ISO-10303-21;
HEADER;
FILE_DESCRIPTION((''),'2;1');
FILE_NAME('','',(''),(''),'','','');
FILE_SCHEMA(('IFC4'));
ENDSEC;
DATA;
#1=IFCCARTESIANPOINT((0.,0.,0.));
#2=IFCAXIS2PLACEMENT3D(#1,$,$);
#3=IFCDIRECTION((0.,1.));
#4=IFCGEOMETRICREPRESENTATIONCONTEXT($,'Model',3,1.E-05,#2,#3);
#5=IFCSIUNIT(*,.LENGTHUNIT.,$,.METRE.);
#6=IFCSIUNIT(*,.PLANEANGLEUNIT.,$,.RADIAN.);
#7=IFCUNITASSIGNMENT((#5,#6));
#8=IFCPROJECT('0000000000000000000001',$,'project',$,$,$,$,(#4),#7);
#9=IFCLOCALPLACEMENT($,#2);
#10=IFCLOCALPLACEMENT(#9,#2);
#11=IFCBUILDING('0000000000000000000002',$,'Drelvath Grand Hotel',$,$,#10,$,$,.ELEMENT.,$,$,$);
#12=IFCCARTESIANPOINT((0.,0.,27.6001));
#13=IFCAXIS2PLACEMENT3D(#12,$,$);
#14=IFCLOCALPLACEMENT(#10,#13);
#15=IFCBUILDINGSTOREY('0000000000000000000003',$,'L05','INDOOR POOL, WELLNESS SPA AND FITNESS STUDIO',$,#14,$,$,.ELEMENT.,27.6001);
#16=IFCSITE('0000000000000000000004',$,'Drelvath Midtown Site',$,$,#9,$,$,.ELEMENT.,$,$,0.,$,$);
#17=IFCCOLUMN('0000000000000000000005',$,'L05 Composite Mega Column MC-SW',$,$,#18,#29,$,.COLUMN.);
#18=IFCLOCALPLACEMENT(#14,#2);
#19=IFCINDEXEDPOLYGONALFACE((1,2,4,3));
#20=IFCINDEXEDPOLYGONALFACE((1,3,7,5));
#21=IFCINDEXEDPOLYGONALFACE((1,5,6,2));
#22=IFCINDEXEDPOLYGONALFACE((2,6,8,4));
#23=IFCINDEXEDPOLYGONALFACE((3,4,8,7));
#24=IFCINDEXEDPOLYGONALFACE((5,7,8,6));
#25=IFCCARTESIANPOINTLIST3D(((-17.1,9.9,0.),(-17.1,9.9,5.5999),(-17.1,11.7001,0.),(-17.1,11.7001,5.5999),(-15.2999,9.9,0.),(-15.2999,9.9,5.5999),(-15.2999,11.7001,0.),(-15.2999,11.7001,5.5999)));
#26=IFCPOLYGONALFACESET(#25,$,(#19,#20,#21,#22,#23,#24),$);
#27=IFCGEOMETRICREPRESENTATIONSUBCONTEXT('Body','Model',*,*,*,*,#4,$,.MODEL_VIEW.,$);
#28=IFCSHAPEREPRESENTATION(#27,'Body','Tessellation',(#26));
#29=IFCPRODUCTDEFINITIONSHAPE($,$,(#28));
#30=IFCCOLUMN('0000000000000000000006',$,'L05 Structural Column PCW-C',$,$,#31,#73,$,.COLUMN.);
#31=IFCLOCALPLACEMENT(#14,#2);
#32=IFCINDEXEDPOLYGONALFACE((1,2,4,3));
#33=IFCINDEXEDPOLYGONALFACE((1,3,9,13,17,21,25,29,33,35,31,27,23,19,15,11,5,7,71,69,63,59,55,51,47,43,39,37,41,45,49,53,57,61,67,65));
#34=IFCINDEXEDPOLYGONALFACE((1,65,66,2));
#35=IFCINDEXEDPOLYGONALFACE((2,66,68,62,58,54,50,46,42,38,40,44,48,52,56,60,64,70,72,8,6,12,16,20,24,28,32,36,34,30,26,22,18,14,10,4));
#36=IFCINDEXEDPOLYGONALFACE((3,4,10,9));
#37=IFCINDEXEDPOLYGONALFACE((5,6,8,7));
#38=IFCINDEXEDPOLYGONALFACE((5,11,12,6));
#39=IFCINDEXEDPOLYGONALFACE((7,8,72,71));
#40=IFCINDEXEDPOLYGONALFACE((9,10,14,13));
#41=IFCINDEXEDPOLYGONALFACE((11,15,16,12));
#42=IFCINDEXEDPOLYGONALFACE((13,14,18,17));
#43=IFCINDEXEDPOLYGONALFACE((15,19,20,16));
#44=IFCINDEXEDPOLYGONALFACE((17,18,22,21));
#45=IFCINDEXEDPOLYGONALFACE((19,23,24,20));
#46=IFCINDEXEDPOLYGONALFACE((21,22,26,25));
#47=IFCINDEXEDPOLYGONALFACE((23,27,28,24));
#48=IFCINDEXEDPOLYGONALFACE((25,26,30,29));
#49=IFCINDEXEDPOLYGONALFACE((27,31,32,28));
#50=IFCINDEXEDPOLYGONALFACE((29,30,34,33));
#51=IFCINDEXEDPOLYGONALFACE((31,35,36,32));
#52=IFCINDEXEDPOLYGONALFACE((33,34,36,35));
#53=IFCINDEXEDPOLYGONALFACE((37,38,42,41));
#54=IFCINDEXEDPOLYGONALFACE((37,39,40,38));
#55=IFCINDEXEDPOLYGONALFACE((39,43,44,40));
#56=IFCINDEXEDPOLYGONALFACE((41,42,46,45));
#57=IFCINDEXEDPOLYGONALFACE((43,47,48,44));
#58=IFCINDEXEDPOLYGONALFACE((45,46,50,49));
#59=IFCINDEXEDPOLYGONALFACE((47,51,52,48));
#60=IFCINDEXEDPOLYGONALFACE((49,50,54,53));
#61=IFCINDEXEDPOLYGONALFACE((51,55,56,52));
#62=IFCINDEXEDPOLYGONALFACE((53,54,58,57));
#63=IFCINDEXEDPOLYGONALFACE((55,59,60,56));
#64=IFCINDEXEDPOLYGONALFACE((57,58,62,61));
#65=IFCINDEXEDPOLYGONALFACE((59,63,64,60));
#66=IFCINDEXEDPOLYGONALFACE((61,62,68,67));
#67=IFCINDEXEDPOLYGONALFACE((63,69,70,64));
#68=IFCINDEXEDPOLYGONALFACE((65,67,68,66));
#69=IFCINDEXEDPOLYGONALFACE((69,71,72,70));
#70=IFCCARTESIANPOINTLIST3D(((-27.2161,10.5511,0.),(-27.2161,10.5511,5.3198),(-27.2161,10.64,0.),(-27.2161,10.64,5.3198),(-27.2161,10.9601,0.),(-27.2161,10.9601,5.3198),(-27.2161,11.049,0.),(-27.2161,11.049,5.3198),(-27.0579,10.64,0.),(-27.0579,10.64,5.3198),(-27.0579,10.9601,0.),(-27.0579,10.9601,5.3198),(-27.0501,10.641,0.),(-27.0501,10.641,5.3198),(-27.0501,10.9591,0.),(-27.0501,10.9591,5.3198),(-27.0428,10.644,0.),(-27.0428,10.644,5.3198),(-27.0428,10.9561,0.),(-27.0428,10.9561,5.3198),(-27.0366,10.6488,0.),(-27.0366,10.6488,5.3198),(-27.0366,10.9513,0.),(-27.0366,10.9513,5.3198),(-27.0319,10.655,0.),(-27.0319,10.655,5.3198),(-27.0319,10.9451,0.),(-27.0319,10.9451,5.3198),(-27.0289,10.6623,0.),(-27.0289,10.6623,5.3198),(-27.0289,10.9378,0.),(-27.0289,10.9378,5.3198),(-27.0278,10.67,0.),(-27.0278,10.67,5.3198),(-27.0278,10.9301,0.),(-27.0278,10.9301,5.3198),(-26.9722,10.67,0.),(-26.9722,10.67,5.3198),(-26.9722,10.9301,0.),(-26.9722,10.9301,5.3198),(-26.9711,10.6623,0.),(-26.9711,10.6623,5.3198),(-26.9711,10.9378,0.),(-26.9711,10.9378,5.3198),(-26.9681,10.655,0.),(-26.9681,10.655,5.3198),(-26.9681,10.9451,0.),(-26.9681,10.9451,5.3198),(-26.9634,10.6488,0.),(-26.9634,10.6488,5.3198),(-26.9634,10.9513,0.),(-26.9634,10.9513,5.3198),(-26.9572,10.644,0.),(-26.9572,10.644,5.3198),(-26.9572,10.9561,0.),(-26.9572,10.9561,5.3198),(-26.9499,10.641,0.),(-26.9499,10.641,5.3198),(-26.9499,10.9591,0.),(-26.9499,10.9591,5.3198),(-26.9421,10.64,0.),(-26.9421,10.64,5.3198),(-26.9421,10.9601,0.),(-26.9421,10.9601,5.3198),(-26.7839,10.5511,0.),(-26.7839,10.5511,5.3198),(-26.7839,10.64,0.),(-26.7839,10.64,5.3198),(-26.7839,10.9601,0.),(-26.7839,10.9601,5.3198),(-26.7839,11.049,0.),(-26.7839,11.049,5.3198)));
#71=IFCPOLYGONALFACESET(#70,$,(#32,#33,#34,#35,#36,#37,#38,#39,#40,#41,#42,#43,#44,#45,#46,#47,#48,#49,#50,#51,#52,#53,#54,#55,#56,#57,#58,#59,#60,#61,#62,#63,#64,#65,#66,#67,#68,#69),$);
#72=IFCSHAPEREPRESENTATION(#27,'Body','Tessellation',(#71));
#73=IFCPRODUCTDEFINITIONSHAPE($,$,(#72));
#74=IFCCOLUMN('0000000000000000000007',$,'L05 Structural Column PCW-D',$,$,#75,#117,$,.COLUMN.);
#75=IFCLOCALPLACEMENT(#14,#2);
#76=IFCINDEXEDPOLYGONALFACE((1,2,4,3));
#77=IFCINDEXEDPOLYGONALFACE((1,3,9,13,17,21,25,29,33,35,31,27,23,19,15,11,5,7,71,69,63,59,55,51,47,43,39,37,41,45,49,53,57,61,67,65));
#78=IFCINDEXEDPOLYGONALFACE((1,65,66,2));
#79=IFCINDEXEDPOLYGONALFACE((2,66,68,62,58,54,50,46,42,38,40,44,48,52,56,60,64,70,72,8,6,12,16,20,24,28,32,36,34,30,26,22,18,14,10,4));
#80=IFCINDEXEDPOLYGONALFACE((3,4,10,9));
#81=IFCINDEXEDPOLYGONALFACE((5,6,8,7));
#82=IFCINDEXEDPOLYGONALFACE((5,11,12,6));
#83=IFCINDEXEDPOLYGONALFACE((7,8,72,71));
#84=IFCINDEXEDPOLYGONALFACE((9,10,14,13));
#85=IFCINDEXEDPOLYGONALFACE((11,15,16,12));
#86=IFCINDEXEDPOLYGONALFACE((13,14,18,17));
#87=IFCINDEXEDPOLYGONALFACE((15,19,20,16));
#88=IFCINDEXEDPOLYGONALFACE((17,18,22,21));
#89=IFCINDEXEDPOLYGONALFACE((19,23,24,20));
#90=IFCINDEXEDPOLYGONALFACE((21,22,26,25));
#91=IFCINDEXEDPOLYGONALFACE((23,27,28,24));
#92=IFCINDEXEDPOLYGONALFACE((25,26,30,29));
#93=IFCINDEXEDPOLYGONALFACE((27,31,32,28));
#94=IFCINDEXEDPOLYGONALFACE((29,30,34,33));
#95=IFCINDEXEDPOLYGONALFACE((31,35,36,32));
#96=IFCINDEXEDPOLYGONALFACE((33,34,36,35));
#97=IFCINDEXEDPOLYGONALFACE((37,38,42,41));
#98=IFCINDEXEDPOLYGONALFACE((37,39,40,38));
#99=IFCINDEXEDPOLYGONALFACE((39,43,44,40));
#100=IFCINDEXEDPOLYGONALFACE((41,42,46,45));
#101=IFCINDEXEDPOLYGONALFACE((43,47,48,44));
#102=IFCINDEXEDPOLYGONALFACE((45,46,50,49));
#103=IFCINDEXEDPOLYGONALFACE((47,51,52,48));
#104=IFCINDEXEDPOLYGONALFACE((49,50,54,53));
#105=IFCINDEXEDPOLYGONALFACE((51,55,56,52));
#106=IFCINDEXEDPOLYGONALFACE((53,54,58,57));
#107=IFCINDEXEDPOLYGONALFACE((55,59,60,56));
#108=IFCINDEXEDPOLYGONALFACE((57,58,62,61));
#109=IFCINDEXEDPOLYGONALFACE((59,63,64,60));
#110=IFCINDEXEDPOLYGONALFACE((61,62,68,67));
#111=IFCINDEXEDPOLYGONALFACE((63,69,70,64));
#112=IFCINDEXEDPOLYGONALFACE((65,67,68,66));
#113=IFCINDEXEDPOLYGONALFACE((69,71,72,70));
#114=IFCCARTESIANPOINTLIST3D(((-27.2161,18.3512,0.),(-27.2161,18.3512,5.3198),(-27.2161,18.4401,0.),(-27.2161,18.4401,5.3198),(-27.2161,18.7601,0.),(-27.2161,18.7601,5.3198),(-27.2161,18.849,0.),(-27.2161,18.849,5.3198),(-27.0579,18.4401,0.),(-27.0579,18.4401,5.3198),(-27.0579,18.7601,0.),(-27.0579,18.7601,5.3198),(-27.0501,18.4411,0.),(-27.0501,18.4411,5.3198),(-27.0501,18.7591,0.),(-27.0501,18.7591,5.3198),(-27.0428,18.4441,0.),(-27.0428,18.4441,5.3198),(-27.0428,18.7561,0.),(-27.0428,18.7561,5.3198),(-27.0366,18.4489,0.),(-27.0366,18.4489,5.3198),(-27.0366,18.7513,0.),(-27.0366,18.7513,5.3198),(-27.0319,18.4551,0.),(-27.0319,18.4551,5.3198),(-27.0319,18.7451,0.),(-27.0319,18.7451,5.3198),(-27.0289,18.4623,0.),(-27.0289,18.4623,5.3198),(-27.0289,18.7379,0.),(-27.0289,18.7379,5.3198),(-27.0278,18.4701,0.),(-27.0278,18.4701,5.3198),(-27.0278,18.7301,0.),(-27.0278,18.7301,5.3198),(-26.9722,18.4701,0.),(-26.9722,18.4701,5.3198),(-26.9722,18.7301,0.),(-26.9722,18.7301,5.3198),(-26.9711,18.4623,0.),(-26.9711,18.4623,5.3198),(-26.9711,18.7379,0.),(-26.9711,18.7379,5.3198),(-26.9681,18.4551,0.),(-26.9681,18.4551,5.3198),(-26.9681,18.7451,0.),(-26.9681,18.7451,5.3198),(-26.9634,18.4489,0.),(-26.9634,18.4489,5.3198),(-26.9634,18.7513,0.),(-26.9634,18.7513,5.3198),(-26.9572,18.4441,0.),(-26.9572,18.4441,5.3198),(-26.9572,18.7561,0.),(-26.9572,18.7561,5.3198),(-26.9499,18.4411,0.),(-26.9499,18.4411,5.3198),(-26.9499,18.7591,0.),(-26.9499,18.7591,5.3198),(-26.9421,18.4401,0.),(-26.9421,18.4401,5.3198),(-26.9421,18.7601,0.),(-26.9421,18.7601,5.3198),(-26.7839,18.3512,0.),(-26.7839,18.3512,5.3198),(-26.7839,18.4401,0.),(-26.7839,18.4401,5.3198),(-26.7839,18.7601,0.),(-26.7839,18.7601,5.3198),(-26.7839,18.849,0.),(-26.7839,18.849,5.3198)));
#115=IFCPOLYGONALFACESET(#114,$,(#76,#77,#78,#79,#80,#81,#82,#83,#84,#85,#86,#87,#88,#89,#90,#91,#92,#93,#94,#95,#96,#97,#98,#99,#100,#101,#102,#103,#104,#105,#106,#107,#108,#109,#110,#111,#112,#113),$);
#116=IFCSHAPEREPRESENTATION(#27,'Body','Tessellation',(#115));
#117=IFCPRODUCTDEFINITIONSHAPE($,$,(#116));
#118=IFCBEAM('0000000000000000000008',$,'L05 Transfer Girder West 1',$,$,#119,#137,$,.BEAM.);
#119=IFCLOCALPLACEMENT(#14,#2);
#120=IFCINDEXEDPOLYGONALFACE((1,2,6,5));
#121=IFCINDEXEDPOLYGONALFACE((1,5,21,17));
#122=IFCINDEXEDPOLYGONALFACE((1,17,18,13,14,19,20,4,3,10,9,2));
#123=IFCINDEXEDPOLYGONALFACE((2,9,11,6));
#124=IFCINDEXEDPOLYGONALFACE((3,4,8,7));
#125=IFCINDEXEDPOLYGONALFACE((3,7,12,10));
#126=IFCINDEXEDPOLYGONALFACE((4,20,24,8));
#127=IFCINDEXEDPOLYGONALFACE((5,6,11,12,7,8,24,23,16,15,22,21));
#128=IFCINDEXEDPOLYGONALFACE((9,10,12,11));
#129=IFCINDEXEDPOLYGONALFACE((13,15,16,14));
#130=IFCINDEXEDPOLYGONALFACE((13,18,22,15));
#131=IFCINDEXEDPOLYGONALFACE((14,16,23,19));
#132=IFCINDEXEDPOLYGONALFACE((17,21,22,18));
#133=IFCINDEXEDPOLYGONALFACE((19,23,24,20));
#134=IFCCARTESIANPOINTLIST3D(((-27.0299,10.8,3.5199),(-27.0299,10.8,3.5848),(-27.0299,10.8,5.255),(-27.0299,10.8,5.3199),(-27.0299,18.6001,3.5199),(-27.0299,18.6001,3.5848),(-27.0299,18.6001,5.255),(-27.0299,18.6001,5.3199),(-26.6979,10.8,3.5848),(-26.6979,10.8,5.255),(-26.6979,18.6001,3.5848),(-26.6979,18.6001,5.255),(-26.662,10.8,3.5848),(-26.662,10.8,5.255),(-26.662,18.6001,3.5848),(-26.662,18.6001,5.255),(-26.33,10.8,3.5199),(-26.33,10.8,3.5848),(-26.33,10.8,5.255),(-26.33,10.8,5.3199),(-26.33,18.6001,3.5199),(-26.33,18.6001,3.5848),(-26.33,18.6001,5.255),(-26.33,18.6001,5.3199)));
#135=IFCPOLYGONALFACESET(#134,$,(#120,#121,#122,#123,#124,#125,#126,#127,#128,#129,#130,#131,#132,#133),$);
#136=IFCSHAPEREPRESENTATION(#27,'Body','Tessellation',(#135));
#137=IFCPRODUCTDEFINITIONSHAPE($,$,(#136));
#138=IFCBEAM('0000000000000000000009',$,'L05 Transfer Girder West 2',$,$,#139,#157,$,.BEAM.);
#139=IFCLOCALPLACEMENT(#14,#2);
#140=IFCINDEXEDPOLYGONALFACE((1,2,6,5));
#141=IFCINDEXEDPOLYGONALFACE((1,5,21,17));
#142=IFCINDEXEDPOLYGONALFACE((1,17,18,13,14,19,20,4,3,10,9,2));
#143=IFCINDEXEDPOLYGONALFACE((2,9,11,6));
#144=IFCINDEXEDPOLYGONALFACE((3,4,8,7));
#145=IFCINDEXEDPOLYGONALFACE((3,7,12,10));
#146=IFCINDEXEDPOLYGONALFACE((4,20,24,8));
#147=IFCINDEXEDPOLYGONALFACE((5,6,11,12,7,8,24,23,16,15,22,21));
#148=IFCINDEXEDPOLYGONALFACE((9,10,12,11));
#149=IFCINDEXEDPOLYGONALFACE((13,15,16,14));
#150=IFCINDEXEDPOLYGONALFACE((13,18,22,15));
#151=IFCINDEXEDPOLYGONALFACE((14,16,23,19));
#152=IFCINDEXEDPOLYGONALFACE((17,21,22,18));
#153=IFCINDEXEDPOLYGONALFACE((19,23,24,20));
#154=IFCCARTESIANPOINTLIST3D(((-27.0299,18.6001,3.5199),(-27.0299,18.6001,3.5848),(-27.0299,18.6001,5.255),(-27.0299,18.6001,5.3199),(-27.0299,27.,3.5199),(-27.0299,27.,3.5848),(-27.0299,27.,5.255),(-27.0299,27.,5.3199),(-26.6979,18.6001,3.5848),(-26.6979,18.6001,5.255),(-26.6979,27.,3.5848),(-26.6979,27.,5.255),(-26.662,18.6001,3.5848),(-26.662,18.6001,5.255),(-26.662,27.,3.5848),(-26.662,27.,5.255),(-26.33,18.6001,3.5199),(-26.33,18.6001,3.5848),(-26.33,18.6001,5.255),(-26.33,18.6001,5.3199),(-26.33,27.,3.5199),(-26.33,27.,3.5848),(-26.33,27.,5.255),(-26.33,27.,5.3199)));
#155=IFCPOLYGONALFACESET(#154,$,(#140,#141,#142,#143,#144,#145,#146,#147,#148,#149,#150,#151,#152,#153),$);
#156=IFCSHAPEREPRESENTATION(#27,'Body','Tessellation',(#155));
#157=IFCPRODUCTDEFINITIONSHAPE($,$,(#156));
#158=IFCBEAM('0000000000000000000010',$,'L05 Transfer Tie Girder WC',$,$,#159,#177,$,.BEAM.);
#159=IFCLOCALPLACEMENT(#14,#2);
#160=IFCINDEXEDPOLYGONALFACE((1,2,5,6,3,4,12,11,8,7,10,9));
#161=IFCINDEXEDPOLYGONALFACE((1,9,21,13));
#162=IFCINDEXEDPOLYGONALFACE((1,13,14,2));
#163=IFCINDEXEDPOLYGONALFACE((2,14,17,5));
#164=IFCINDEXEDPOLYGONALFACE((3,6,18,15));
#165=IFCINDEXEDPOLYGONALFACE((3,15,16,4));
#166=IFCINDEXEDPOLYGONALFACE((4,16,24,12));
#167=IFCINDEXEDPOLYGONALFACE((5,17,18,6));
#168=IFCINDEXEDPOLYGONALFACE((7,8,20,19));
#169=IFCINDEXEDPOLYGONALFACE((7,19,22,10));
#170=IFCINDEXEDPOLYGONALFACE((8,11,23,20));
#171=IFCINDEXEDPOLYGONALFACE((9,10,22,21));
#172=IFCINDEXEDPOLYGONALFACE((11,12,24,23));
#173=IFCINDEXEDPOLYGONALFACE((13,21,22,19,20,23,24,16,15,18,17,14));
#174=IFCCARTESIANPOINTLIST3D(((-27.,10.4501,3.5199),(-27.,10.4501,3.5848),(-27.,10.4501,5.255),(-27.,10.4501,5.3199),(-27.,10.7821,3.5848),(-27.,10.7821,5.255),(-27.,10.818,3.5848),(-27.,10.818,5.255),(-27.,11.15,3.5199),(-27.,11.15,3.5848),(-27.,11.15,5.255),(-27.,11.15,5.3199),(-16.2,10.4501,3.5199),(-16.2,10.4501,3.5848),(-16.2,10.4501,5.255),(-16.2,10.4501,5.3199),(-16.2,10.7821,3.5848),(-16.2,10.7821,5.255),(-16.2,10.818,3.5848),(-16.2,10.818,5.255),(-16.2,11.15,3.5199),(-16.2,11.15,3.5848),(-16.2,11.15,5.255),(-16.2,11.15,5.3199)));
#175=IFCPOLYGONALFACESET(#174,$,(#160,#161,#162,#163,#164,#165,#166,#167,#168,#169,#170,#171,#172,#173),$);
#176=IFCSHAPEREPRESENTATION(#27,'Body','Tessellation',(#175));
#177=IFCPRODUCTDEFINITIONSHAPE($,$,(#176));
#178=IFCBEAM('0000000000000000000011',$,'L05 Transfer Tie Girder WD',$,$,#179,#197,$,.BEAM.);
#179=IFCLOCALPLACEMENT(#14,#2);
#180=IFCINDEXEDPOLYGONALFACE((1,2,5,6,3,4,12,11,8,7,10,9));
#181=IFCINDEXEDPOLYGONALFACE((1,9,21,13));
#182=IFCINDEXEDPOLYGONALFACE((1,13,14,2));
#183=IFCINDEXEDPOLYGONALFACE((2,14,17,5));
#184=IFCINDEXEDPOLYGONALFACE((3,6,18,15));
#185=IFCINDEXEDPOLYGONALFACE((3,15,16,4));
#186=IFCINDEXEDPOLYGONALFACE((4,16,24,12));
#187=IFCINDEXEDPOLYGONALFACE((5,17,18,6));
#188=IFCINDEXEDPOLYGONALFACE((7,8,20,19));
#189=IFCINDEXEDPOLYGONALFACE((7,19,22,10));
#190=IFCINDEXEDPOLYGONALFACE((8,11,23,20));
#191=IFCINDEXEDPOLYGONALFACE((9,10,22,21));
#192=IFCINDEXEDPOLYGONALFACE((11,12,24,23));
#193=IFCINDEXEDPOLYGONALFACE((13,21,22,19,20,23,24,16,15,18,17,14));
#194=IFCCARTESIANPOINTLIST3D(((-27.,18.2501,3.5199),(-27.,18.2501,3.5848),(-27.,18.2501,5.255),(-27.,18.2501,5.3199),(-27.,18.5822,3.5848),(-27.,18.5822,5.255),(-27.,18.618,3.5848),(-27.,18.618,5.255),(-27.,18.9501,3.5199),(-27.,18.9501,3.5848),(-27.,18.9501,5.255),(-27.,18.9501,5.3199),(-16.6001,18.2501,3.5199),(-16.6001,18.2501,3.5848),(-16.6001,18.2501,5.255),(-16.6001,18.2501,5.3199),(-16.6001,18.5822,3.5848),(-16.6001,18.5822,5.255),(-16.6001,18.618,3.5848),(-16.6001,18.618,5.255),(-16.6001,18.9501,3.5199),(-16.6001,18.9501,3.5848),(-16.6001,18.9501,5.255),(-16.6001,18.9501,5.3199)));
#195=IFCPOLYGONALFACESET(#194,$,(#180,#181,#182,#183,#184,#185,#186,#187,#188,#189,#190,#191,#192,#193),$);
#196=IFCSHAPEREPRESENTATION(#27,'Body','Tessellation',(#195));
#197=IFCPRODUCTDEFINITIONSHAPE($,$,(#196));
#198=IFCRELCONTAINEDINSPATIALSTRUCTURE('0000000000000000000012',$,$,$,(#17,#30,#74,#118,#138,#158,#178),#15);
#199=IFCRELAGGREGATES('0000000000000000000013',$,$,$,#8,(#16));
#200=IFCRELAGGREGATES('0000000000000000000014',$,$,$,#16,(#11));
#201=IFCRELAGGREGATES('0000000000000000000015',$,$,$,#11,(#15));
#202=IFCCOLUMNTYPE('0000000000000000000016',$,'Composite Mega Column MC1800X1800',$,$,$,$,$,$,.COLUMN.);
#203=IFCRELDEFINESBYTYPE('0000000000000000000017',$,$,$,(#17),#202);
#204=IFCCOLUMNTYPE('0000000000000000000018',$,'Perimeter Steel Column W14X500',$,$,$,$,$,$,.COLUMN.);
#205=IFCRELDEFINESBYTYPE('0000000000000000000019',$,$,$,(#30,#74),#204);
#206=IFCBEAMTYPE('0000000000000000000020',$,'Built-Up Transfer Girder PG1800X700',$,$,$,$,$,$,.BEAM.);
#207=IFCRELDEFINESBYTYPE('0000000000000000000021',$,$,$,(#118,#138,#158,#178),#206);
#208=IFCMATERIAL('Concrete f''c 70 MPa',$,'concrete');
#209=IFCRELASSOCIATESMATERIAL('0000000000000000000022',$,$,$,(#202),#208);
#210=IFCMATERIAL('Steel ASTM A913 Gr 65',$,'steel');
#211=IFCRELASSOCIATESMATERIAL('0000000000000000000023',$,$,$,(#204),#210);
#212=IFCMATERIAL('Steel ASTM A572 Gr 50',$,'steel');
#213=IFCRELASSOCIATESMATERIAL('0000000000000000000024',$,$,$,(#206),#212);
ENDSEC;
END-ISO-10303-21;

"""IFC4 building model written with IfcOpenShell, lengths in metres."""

from ifc_helpers import new_model, si_unit, direction, frame, origin, origin_2d, place, context, subcontext, project, spatial, rectangle, i_section, extrude, material, material_profile, profile_set, type_object, element, save


model = new_model("IFC4")

# Units and contexts
model_context = context("Model", 3, precision=1e-05, world=origin(), true_north=direction((0.0, 1.0)))
body_context = subcontext(model_context, "Body", "Model", "MODEL_VIEW")
ifc_project = project(units=[si_unit("LENGTHUNIT", "METRE"), si_unit("PLANEANGLEUNIT", "RADIAN")], contexts=[model_context])

# Site, building, storey
site_placement = place(None, origin())
site = spatial("IfcSite", under=ifc_project, at=site_placement, Name="Drelvath Midtown Site", CompositionType="ELEMENT", RefElevation=0.0)
building_placement = place(site_placement, origin())
building = spatial("IfcBuilding", under=site, at=building_placement, Name="Drelvath Grand Hotel", CompositionType="ELEMENT")
storey_placement = place(building_placement, frame((0.0, 0.0, 27.6001)))
storey = spatial("IfcBuildingStorey", under=building, at=storey_placement, Name="L05", Description="INDOOR POOL, WELLNESS SPA AND FITNESS STUDIO", CompositionType="ELEMENT", Elevation=27.6001)

# Columns
ifc_material_1 = material(Name="Concrete f'c 70 MPa", Category="concrete")
ifc_material_profile_1 = material_profile(ifc_material_1, rectangle(XDim=1.8, YDim=1.8, at=origin_2d()), Name="MC1800X1800")
ifc_profile_set_1 = profile_set([ifc_material_profile_1], Name="Concrete f'c 70 MPa")
column_type_1 = type_object("IfcColumnType", Name="Composite Mega Column MC1800X1800", PredefinedType="COLUMN", material=ifc_profile_set_1)
column_placement = place(storey_placement, frame((-16.2, 10.8, 0.0), z_axis=(0.0, 0.0, 1.0), x_axis=(1.0, 0.0, 0.0)))
element("IfcColumn", 1, at=column_placement, inside=storey, type_object=column_type_1, Name="L05 Composite Mega Column MC-SW", PredefinedType="COLUMN", context=body_context, shape_type="SweptSolid", body=[
    extrude(rectangle(XDim=1.8, YDim=1.8, at=origin_2d()), origin(), (0.0, 0.0, 1.0), 5.5999),
])
ifc_material_2 = material(Name="Steel ASTM A913 Gr 65", Category="steel")
ifc_material_profile_2 = material_profile(ifc_material_2, i_section(OverallWidth=0.4321, OverallDepth=0.4978, WebThickness=0.0557, FlangeThickness=0.0889, FilletRadius=0.03, at=origin_2d()), Name="W14X500")
ifc_profile_set_2 = profile_set([ifc_material_profile_2], Name="Steel ASTM A913 Gr 65")
column_type_2 = type_object("IfcColumnType", Name="Perimeter Steel Column W14X500", PredefinedType="COLUMN", material=ifc_profile_set_2)
for number, where, z_axis, x_axis, name in (
    (2, (-27.0, 10.8, 0.0), (0.0, 0.0, 1.0), (1.0, 0.0, 0.0), "L05 Structural Column PCW-C"),
    (3, (-27.0, 18.6001, 0.0), (0.0, 0.0, 1.0), (1.0, 0.0, 0.0), "L05 Structural Column PCW-D"),
):
    element("IfcColumn", number, at=place(storey_placement, frame(where, z_axis=z_axis, x_axis=x_axis)), inside=storey, type_object=column_type_2, Name=name, PredefinedType="COLUMN", context=body_context, shape_type="SweptSolid", body=[
        extrude(i_section(OverallWidth=0.4321, OverallDepth=0.4978, WebThickness=0.0557, FlangeThickness=0.0889, FilletRadius=0.03, at=origin_2d()), origin(), (0.0, 0.0, 1.0), 5.3198),
    ])

# Beams
ifc_material_3 = material(Name="Steel ASTM A572 Gr 50", Category="steel")
ifc_material_profile_3 = material_profile(ifc_material_3, i_section(OverallWidth=0.7, OverallDepth=1.8, WebThickness=0.0359, FlangeThickness=0.0649, at=origin_2d()), Name="PG1800X700")
ifc_profile_set_3 = profile_set([ifc_material_profile_3], Name="Steel ASTM A572 Gr 50")
beam_type_1 = type_object("IfcBeamType", Name="Built-Up Transfer Girder PG1800X700", PredefinedType="BEAM", material=ifc_profile_set_3)
beam_1_placement = place(storey_placement, frame((-26.6799, 10.8, 4.4199), z_axis=(0.0, 1.0, 0.0), x_axis=(-1.0, 0.0, 0.0)))
element("IfcBeam", 4, at=beam_1_placement, inside=storey, type_object=beam_type_1, Name="L05 Transfer Girder West 1", PredefinedType="BEAM", context=body_context, shape_type="SweptSolid", body=[
    extrude(i_section(OverallWidth=0.7, OverallDepth=1.8, WebThickness=0.0359, FlangeThickness=0.0649, at=origin_2d()), origin(), (0.0, 0.0, 1.0), 7.8),
])
beam_2_placement = place(storey_placement, frame((-26.6799, 18.6001, 4.4199), z_axis=(0.0, 1.0, 0.0), x_axis=(-1.0, 0.0, 0.0)))
element("IfcBeam", 5, at=beam_2_placement, inside=storey, type_object=beam_type_1, Name="L05 Transfer Girder West 2", PredefinedType="BEAM", context=body_context, shape_type="SweptSolid", body=[
    extrude(i_section(OverallWidth=0.7, OverallDepth=1.8, WebThickness=0.0359, FlangeThickness=0.0649, at=origin_2d()), origin(), (0.0, 0.0, 1.0), 8.3999),
])
beam_3_placement = place(storey_placement, frame((-27.0, 10.8, 4.4199), z_axis=(1.0, 0.0, 0.0), x_axis=(0.0, 1.0, 0.0)))
element("IfcBeam", 6, at=beam_3_placement, inside=storey, type_object=beam_type_1, Name="L05 Transfer Tie Girder WC", PredefinedType="BEAM", context=body_context, shape_type="SweptSolid", body=[
    extrude(i_section(OverallWidth=0.7, OverallDepth=1.8, WebThickness=0.0359, FlangeThickness=0.0649, at=origin_2d()), origin(), (0.0, 0.0, 1.0), 10.8),
])
beam_4_placement = place(storey_placement, frame((-27.0, 18.6001, 4.4199), z_axis=(1.0, 0.0, 0.0), x_axis=(0.0, 1.0, 0.0)))
element("IfcBeam", 7, at=beam_4_placement, inside=storey, type_object=beam_type_1, Name="L05 Transfer Tie Girder WD", PredefinedType="BEAM", context=body_context, shape_type="SweptSolid", body=[
    extrude(i_section(OverallWidth=0.7, OverallDepth=1.8, WebThickness=0.0359, FlangeThickness=0.0649, at=origin_2d()), origin(), (0.0, 0.0, 1.0), 10.3999),
])

save(model, "model.ifc")
